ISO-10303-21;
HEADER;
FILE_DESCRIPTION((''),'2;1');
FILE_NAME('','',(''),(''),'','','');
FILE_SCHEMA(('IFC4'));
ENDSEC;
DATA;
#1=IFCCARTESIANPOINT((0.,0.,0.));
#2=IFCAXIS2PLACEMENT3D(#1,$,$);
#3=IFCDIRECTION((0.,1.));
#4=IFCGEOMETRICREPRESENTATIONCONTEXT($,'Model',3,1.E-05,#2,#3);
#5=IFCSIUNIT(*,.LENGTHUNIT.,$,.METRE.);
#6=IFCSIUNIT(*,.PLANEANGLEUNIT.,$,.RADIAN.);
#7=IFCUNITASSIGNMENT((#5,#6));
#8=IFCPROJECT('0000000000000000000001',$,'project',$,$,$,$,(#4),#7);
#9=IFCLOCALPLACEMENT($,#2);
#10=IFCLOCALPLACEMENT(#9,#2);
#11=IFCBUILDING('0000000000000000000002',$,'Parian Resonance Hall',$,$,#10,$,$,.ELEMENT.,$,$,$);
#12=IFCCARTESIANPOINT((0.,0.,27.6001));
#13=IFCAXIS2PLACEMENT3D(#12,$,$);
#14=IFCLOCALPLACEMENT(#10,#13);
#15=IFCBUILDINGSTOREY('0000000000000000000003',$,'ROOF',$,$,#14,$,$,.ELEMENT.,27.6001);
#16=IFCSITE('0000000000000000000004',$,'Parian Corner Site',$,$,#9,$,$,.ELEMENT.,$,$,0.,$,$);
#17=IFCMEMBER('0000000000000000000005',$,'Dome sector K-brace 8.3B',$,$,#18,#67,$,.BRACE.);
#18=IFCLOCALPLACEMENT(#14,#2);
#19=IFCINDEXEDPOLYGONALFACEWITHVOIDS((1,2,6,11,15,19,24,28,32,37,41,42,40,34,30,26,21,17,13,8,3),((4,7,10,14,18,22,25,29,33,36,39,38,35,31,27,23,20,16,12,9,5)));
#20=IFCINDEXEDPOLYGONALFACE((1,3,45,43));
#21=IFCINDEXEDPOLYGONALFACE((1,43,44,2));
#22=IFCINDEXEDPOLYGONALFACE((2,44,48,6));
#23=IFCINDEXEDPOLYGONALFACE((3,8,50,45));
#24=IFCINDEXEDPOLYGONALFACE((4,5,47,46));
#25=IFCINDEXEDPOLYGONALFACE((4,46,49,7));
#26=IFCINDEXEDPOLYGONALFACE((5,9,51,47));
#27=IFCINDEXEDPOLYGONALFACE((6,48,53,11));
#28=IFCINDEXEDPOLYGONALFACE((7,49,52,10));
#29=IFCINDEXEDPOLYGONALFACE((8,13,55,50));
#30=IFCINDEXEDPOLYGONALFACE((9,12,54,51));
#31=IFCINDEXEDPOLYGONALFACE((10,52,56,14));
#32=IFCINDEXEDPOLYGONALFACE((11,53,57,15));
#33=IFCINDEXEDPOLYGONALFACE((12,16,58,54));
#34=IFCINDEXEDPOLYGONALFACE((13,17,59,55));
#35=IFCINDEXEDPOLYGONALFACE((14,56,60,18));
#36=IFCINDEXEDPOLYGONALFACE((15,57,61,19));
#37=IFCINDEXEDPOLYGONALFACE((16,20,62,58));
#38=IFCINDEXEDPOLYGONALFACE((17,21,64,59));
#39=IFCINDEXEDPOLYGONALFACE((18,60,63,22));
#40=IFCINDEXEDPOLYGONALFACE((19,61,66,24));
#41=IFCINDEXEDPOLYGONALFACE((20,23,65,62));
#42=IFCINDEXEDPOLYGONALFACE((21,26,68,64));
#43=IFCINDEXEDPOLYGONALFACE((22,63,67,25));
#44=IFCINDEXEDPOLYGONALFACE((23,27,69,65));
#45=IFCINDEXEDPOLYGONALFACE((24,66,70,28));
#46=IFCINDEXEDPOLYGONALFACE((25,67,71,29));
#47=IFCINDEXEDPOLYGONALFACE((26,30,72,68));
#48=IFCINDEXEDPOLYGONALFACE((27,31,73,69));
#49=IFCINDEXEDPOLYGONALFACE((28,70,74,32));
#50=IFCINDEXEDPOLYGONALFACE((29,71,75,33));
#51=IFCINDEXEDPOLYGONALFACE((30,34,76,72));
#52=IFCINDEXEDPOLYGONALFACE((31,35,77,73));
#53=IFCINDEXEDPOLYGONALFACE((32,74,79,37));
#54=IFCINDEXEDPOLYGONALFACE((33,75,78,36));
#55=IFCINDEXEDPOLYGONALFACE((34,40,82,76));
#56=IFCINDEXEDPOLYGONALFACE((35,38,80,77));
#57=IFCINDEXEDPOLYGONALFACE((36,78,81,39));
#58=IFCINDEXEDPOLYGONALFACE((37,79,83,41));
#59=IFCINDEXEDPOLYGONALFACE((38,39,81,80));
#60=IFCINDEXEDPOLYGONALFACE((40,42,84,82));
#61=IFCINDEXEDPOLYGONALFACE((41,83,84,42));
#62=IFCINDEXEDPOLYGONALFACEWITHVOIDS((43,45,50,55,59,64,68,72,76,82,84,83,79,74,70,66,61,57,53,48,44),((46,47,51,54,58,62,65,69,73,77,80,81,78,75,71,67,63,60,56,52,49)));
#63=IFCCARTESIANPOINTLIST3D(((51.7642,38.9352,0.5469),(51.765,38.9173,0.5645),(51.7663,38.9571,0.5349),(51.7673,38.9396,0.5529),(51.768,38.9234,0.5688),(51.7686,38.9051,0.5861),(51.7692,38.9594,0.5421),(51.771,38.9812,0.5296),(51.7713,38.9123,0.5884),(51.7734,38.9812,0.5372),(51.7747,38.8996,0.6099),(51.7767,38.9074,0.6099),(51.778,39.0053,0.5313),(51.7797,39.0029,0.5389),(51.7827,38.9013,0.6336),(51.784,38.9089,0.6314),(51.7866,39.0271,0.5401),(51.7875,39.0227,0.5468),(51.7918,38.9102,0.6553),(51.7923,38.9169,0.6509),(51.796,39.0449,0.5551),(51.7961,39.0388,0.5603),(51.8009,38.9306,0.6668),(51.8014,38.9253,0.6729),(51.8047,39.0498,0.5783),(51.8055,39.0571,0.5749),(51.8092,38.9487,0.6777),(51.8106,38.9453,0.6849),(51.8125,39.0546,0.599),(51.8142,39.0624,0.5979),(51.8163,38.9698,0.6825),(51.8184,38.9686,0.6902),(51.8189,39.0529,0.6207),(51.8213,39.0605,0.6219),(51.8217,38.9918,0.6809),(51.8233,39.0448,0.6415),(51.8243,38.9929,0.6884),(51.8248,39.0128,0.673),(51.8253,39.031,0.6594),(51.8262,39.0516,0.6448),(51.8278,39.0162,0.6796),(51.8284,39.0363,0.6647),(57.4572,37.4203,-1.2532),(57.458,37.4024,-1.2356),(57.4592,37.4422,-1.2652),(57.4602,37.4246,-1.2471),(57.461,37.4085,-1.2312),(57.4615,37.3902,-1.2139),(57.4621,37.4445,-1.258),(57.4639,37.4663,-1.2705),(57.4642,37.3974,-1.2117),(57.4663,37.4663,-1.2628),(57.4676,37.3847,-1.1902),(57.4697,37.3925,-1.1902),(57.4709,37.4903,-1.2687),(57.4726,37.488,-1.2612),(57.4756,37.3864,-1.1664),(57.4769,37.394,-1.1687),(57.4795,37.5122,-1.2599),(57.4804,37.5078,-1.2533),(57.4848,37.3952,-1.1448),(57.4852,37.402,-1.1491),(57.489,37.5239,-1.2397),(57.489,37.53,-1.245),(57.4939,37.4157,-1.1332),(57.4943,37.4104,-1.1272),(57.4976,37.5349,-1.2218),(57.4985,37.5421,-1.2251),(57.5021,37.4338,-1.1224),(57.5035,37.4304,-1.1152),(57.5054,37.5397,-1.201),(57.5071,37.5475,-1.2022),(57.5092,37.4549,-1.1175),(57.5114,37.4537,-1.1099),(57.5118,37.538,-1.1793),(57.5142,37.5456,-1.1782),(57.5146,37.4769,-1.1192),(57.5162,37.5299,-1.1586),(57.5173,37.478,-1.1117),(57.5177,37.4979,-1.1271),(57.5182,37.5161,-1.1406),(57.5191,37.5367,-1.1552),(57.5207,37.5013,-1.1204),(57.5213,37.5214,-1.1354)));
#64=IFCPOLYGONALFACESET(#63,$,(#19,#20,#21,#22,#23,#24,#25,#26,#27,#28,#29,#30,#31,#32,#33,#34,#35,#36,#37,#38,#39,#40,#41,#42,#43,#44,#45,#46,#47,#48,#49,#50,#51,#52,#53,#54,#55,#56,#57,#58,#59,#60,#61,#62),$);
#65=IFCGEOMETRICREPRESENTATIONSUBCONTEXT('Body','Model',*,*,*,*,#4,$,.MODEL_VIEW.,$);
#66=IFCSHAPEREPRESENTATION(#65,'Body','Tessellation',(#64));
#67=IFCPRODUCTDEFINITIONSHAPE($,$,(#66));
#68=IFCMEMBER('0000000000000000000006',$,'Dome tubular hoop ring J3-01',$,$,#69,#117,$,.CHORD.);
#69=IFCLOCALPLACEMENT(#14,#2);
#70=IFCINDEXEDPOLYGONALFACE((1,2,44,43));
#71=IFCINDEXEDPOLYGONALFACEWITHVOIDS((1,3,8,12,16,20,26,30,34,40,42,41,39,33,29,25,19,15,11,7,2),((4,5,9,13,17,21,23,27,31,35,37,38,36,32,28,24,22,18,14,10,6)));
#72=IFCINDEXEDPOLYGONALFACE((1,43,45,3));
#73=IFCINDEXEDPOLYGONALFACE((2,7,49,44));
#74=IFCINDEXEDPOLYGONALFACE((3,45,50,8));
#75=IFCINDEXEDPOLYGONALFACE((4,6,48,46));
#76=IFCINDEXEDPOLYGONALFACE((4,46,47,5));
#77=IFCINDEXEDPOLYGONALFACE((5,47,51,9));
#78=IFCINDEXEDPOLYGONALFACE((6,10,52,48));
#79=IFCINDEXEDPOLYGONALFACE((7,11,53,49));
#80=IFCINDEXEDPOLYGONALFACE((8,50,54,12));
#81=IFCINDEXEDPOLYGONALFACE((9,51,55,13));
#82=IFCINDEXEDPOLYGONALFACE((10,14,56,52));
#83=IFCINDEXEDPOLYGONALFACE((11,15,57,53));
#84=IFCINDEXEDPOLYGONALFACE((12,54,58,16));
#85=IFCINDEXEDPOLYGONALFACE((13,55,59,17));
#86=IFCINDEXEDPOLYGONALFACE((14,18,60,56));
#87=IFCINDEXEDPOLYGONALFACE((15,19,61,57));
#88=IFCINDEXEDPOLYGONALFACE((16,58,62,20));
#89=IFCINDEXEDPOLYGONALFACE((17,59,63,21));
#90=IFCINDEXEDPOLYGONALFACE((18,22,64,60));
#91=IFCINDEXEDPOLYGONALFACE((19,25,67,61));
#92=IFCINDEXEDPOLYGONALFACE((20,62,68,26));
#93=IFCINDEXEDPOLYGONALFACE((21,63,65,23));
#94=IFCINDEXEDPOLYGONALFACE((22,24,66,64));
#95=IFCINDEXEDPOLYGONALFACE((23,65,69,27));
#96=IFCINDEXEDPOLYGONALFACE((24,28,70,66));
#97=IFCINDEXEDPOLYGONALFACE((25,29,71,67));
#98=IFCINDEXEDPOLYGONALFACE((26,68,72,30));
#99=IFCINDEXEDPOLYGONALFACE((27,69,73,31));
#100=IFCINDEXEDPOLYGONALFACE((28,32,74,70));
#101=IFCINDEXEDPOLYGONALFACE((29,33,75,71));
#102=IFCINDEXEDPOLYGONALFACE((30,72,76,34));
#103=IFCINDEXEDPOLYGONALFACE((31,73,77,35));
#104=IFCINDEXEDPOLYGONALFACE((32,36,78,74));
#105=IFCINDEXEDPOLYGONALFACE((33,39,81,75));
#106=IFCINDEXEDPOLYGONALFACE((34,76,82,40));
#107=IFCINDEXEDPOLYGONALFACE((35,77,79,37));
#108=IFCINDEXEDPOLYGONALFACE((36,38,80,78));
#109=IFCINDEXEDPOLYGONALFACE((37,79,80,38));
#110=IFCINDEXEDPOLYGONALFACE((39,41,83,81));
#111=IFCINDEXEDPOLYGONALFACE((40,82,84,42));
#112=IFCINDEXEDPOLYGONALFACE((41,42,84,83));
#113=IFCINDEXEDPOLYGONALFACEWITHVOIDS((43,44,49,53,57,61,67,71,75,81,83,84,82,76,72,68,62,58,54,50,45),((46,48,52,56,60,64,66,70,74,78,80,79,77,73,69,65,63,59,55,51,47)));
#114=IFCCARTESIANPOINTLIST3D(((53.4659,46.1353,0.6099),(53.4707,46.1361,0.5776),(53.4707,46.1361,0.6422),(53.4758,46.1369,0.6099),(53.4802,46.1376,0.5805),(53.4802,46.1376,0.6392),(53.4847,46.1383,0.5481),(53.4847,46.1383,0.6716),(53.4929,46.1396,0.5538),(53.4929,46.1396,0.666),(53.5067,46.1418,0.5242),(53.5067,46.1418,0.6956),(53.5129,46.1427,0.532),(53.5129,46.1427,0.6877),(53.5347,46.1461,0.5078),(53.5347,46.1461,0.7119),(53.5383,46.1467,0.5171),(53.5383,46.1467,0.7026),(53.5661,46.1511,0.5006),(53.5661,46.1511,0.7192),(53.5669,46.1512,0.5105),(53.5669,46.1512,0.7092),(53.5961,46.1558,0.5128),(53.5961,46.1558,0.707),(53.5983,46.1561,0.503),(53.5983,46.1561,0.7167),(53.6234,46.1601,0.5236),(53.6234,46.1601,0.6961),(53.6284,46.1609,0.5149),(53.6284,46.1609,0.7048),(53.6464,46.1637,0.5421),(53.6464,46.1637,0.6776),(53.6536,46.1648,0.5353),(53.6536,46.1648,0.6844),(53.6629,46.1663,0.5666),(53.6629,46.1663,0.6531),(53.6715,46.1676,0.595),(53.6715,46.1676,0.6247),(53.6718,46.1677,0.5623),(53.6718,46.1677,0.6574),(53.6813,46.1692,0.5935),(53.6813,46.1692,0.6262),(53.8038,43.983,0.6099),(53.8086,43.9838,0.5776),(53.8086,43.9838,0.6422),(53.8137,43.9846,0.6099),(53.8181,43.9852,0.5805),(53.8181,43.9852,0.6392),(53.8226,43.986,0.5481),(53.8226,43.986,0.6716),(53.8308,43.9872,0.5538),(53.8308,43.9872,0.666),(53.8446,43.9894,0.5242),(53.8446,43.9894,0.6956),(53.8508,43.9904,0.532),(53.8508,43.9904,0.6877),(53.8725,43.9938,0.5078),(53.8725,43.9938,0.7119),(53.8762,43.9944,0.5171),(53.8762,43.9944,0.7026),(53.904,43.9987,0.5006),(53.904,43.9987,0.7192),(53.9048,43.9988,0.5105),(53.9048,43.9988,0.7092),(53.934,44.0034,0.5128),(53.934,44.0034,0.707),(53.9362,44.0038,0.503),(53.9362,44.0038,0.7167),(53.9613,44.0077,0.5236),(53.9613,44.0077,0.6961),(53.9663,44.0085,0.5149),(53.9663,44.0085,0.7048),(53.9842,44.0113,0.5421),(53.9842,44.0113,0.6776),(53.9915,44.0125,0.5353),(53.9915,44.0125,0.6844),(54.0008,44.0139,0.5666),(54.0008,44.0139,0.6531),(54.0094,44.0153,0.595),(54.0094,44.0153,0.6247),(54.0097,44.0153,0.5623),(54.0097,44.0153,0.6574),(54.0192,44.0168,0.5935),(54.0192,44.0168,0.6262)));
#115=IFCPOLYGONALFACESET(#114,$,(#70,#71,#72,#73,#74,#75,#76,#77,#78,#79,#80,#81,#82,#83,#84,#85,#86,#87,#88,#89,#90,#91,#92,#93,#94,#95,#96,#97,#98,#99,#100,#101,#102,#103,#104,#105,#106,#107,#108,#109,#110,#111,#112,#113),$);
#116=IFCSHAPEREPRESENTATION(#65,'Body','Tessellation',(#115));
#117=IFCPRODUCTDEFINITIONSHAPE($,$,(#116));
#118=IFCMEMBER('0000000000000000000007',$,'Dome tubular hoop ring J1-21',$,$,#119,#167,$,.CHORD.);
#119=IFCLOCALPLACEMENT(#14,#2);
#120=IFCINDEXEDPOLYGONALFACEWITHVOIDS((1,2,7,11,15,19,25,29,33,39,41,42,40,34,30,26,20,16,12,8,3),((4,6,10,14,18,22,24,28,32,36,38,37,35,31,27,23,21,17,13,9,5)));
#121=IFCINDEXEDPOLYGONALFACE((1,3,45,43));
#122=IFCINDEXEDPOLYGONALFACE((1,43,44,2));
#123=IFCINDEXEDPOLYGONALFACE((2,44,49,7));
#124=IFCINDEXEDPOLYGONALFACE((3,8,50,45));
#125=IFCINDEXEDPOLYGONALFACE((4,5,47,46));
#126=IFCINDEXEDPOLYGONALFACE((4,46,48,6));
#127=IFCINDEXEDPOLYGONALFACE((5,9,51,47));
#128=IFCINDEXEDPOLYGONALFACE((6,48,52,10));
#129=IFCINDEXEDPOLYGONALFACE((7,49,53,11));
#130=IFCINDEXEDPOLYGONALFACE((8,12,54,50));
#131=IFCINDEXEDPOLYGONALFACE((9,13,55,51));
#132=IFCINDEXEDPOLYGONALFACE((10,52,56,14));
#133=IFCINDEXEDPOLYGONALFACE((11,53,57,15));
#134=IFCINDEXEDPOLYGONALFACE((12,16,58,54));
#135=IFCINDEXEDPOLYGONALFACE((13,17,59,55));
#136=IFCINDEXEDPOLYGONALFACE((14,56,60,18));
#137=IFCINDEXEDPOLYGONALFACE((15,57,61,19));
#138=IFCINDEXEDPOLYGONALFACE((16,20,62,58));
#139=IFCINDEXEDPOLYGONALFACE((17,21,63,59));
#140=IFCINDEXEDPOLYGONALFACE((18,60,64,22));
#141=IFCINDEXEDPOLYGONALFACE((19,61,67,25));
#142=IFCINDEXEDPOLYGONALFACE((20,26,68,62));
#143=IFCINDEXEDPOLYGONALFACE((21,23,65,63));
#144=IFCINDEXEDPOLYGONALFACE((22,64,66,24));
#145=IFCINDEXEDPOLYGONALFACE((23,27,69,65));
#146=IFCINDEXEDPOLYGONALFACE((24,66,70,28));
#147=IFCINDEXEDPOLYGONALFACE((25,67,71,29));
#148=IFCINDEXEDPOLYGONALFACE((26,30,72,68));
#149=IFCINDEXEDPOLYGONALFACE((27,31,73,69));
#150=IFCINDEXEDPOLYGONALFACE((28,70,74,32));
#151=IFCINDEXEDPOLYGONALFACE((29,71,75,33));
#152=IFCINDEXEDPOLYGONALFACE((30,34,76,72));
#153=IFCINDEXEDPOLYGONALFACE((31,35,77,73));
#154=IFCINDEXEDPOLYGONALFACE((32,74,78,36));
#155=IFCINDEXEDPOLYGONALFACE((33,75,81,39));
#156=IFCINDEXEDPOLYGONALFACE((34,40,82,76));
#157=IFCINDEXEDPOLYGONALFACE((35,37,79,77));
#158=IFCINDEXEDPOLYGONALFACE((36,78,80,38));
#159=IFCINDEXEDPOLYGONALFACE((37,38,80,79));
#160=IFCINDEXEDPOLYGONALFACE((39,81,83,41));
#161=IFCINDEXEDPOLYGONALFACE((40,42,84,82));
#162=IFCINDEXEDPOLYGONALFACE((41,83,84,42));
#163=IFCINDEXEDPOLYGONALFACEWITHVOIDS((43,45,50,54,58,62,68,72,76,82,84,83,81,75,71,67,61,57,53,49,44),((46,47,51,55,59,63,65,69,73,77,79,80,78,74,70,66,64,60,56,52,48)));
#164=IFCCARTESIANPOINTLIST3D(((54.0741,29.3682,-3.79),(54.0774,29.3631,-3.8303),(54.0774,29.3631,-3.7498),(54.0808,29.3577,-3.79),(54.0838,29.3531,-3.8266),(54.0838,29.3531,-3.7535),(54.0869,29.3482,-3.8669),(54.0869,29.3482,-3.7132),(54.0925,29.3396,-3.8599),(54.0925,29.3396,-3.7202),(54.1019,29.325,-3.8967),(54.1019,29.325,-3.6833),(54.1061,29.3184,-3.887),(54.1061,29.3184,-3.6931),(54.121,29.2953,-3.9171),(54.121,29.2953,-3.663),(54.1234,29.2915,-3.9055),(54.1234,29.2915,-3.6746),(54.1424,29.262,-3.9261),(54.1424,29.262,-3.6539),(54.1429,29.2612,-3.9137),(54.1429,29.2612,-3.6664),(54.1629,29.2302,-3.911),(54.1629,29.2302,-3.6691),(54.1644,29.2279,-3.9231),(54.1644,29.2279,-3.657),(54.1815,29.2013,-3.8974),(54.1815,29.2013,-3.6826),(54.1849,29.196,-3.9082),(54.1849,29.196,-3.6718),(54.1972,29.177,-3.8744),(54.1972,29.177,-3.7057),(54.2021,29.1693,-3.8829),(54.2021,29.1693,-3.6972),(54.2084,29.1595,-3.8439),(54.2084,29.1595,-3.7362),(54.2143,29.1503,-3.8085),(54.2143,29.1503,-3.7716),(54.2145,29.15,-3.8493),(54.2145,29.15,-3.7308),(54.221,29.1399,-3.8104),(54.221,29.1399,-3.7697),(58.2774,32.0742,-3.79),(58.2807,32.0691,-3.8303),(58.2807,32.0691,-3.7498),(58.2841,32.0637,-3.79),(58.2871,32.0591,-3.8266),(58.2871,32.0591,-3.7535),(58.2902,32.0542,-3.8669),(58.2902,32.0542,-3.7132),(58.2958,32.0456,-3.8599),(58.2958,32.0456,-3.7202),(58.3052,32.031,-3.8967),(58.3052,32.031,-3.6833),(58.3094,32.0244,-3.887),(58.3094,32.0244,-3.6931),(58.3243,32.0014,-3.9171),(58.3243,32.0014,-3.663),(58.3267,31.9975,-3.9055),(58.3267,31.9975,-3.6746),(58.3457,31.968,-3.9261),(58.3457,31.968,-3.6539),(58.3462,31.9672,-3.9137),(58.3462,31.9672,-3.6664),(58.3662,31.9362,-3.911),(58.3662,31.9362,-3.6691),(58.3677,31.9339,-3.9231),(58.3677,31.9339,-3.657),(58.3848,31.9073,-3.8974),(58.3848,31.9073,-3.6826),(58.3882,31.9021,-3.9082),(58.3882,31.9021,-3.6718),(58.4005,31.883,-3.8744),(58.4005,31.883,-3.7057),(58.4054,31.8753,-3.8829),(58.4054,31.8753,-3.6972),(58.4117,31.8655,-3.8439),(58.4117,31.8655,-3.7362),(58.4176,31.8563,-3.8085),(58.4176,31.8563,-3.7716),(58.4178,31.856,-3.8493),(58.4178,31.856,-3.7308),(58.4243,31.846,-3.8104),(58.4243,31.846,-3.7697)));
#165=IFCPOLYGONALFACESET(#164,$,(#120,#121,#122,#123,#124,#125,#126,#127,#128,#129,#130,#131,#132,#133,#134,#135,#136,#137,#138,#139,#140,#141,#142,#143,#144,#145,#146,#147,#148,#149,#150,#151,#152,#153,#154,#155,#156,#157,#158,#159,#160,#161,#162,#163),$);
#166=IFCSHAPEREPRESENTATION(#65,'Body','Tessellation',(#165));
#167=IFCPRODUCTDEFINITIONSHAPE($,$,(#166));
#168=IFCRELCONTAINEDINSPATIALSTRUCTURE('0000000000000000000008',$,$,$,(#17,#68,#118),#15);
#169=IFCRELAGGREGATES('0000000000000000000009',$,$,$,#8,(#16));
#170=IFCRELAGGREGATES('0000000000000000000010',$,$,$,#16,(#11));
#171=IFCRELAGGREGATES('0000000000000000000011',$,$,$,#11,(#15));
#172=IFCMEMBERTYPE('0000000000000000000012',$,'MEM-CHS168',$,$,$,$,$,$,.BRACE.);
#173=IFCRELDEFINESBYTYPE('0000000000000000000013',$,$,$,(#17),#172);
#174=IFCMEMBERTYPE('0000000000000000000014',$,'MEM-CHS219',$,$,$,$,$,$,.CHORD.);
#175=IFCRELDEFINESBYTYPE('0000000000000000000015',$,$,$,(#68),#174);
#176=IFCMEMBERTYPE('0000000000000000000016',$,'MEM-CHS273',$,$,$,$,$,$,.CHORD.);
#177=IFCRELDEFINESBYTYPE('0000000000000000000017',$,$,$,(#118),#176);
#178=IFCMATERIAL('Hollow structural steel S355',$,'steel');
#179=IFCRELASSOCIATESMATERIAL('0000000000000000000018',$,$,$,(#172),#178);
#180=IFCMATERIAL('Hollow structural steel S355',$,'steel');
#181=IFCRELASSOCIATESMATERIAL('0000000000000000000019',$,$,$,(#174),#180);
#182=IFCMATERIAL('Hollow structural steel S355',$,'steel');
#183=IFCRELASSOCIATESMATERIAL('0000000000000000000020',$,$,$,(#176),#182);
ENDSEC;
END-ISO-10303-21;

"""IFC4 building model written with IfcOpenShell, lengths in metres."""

from ifc_helpers import new_model, si_unit, direction, frame, origin, origin_2d, place, context, subcontext, project, spatial, hollow_circle, extrude, material, material_profile, profile_set, type_object, element, save


model = new_model("IFC4")

# Units and contexts
model_context = context("Model", 3, precision=1e-05, world=origin(), true_north=direction((0.0, 1.0)))
body_context = subcontext(model_context, "Body", "Model", "MODEL_VIEW")
ifc_project = project(units=[si_unit("LENGTHUNIT", "METRE"), si_unit("PLANEANGLEUNIT", "RADIAN")], contexts=[model_context])

# Site, building, storey
site_placement = place(None, origin())
site = spatial("IfcSite", under=ifc_project, at=site_placement, Name="Parian Corner Site", CompositionType="ELEMENT", RefElevation=0.0)
building_placement = place(site_placement, origin())
building = spatial("IfcBuilding", under=site, at=building_placement, Name="Parian Resonance Hall", CompositionType="ELEMENT")
storey_placement = place(building_placement, frame((0.0, 0.0, 27.6001)))
storey = spatial("IfcBuildingStorey", under=building, at=storey_placement, Name="ROOF", CompositionType="ELEMENT", Elevation=27.6001)

# Members
ifc_material_1 = material(Name="Hollow structural steel S355", Category="steel")
ifc_material_profile_1 = material_profile(ifc_material_1, hollow_circle(Radius=0.0842, WallThickness=0.0081, at=origin_2d()), Name="CHS168.3x8")
ifc_profile_set_1 = profile_set([ifc_material_profile_1], Name="Hollow structural steel S355")
member_type_1 = type_object("IfcMemberType", Name="MEM-CHS168", PredefinedType="BRACE", material=ifc_profile_set_1)
member_1_placement = place(storey_placement, frame((57.4893, 37.4661, -1.1902), z_axis=(-0.924189, 0.24593, 0.292222), x_axis=(-0.257154, -0.96637, 0.0)))
element("IfcMember", 1, at=member_1_placement, inside=storey, type_object=member_type_1, Name="Dome sector K-brace 8.3B", PredefinedType="BRACE", context=body_context, shape_type="SweptSolid", body=[
    extrude(hollow_circle(Radius=0.0842, WallThickness=0.0081, at=origin_2d()), origin(), (0.0, 0.0, 1.0), 6.1599),
])
ifc_material_2 = material(Name="Hollow structural steel S355", Category="steel")
ifc_material_profile_2 = material_profile(ifc_material_2, hollow_circle(Radius=0.1096, WallThickness=0.01, at=origin_2d()), Name="CHS219.1x10")
ifc_profile_set_2 = profile_set([ifc_material_profile_2], Name="Hollow structural steel S355")
member_type_2 = type_object("IfcMemberType", Name="MEM-CHS219", PredefinedType="CHORD", material=ifc_profile_set_2)
member_2_placement = place(storey_placement, frame((53.9121, 44.0, 0.6099), z_axis=(-0.155088, 0.987901, 0.0), x_axis=(-0.987901, -0.155088, 0.0)))
element("IfcMember", 2, at=member_2_placement, inside=storey, type_object=member_type_2, Name="Dome tubular hoop ring J3-01", PredefinedType="CHORD", context=body_context, shape_type="SweptSolid", body=[
    extrude(hollow_circle(Radius=0.1096, WallThickness=0.01, at=origin_2d()), origin(), (0.0, 0.0, 1.0), 2.1787),
])
ifc_material_3 = material(Name="Hollow structural steel S355", Category="steel")
ifc_material_profile_3 = material_profile(ifc_material_3, hollow_circle(Radius=0.1365, WallThickness=0.0125, at=origin_2d()), Name="CHS273x12.5")
ifc_profile_set_3 = profile_set([ifc_material_profile_3], Name="Hollow structural steel S355")
member_type_3 = type_object("IfcMemberType", Name="MEM-CHS273", PredefinedType="CHORD", material=ifc_profile_set_3)
member_3_placement = place(storey_placement, frame((54.1479, 29.2534, -3.79), z_axis=(0.840824, 0.541308, 0.0), x_axis=(-0.541308, 0.840824, 0.0)))
element("IfcMember", 3, at=member_3_placement, inside=storey, type_object=member_type_3, Name="Dome tubular hoop ring J1-21", PredefinedType="CHORD", context=body_context, shape_type="SweptSolid", body=[
    extrude(hollow_circle(Radius=0.1365, WallThickness=0.0125, at=origin_2d()), origin(), (0.0, 0.0, 1.0), 4.999),
])

save(model, "model.ifc")
